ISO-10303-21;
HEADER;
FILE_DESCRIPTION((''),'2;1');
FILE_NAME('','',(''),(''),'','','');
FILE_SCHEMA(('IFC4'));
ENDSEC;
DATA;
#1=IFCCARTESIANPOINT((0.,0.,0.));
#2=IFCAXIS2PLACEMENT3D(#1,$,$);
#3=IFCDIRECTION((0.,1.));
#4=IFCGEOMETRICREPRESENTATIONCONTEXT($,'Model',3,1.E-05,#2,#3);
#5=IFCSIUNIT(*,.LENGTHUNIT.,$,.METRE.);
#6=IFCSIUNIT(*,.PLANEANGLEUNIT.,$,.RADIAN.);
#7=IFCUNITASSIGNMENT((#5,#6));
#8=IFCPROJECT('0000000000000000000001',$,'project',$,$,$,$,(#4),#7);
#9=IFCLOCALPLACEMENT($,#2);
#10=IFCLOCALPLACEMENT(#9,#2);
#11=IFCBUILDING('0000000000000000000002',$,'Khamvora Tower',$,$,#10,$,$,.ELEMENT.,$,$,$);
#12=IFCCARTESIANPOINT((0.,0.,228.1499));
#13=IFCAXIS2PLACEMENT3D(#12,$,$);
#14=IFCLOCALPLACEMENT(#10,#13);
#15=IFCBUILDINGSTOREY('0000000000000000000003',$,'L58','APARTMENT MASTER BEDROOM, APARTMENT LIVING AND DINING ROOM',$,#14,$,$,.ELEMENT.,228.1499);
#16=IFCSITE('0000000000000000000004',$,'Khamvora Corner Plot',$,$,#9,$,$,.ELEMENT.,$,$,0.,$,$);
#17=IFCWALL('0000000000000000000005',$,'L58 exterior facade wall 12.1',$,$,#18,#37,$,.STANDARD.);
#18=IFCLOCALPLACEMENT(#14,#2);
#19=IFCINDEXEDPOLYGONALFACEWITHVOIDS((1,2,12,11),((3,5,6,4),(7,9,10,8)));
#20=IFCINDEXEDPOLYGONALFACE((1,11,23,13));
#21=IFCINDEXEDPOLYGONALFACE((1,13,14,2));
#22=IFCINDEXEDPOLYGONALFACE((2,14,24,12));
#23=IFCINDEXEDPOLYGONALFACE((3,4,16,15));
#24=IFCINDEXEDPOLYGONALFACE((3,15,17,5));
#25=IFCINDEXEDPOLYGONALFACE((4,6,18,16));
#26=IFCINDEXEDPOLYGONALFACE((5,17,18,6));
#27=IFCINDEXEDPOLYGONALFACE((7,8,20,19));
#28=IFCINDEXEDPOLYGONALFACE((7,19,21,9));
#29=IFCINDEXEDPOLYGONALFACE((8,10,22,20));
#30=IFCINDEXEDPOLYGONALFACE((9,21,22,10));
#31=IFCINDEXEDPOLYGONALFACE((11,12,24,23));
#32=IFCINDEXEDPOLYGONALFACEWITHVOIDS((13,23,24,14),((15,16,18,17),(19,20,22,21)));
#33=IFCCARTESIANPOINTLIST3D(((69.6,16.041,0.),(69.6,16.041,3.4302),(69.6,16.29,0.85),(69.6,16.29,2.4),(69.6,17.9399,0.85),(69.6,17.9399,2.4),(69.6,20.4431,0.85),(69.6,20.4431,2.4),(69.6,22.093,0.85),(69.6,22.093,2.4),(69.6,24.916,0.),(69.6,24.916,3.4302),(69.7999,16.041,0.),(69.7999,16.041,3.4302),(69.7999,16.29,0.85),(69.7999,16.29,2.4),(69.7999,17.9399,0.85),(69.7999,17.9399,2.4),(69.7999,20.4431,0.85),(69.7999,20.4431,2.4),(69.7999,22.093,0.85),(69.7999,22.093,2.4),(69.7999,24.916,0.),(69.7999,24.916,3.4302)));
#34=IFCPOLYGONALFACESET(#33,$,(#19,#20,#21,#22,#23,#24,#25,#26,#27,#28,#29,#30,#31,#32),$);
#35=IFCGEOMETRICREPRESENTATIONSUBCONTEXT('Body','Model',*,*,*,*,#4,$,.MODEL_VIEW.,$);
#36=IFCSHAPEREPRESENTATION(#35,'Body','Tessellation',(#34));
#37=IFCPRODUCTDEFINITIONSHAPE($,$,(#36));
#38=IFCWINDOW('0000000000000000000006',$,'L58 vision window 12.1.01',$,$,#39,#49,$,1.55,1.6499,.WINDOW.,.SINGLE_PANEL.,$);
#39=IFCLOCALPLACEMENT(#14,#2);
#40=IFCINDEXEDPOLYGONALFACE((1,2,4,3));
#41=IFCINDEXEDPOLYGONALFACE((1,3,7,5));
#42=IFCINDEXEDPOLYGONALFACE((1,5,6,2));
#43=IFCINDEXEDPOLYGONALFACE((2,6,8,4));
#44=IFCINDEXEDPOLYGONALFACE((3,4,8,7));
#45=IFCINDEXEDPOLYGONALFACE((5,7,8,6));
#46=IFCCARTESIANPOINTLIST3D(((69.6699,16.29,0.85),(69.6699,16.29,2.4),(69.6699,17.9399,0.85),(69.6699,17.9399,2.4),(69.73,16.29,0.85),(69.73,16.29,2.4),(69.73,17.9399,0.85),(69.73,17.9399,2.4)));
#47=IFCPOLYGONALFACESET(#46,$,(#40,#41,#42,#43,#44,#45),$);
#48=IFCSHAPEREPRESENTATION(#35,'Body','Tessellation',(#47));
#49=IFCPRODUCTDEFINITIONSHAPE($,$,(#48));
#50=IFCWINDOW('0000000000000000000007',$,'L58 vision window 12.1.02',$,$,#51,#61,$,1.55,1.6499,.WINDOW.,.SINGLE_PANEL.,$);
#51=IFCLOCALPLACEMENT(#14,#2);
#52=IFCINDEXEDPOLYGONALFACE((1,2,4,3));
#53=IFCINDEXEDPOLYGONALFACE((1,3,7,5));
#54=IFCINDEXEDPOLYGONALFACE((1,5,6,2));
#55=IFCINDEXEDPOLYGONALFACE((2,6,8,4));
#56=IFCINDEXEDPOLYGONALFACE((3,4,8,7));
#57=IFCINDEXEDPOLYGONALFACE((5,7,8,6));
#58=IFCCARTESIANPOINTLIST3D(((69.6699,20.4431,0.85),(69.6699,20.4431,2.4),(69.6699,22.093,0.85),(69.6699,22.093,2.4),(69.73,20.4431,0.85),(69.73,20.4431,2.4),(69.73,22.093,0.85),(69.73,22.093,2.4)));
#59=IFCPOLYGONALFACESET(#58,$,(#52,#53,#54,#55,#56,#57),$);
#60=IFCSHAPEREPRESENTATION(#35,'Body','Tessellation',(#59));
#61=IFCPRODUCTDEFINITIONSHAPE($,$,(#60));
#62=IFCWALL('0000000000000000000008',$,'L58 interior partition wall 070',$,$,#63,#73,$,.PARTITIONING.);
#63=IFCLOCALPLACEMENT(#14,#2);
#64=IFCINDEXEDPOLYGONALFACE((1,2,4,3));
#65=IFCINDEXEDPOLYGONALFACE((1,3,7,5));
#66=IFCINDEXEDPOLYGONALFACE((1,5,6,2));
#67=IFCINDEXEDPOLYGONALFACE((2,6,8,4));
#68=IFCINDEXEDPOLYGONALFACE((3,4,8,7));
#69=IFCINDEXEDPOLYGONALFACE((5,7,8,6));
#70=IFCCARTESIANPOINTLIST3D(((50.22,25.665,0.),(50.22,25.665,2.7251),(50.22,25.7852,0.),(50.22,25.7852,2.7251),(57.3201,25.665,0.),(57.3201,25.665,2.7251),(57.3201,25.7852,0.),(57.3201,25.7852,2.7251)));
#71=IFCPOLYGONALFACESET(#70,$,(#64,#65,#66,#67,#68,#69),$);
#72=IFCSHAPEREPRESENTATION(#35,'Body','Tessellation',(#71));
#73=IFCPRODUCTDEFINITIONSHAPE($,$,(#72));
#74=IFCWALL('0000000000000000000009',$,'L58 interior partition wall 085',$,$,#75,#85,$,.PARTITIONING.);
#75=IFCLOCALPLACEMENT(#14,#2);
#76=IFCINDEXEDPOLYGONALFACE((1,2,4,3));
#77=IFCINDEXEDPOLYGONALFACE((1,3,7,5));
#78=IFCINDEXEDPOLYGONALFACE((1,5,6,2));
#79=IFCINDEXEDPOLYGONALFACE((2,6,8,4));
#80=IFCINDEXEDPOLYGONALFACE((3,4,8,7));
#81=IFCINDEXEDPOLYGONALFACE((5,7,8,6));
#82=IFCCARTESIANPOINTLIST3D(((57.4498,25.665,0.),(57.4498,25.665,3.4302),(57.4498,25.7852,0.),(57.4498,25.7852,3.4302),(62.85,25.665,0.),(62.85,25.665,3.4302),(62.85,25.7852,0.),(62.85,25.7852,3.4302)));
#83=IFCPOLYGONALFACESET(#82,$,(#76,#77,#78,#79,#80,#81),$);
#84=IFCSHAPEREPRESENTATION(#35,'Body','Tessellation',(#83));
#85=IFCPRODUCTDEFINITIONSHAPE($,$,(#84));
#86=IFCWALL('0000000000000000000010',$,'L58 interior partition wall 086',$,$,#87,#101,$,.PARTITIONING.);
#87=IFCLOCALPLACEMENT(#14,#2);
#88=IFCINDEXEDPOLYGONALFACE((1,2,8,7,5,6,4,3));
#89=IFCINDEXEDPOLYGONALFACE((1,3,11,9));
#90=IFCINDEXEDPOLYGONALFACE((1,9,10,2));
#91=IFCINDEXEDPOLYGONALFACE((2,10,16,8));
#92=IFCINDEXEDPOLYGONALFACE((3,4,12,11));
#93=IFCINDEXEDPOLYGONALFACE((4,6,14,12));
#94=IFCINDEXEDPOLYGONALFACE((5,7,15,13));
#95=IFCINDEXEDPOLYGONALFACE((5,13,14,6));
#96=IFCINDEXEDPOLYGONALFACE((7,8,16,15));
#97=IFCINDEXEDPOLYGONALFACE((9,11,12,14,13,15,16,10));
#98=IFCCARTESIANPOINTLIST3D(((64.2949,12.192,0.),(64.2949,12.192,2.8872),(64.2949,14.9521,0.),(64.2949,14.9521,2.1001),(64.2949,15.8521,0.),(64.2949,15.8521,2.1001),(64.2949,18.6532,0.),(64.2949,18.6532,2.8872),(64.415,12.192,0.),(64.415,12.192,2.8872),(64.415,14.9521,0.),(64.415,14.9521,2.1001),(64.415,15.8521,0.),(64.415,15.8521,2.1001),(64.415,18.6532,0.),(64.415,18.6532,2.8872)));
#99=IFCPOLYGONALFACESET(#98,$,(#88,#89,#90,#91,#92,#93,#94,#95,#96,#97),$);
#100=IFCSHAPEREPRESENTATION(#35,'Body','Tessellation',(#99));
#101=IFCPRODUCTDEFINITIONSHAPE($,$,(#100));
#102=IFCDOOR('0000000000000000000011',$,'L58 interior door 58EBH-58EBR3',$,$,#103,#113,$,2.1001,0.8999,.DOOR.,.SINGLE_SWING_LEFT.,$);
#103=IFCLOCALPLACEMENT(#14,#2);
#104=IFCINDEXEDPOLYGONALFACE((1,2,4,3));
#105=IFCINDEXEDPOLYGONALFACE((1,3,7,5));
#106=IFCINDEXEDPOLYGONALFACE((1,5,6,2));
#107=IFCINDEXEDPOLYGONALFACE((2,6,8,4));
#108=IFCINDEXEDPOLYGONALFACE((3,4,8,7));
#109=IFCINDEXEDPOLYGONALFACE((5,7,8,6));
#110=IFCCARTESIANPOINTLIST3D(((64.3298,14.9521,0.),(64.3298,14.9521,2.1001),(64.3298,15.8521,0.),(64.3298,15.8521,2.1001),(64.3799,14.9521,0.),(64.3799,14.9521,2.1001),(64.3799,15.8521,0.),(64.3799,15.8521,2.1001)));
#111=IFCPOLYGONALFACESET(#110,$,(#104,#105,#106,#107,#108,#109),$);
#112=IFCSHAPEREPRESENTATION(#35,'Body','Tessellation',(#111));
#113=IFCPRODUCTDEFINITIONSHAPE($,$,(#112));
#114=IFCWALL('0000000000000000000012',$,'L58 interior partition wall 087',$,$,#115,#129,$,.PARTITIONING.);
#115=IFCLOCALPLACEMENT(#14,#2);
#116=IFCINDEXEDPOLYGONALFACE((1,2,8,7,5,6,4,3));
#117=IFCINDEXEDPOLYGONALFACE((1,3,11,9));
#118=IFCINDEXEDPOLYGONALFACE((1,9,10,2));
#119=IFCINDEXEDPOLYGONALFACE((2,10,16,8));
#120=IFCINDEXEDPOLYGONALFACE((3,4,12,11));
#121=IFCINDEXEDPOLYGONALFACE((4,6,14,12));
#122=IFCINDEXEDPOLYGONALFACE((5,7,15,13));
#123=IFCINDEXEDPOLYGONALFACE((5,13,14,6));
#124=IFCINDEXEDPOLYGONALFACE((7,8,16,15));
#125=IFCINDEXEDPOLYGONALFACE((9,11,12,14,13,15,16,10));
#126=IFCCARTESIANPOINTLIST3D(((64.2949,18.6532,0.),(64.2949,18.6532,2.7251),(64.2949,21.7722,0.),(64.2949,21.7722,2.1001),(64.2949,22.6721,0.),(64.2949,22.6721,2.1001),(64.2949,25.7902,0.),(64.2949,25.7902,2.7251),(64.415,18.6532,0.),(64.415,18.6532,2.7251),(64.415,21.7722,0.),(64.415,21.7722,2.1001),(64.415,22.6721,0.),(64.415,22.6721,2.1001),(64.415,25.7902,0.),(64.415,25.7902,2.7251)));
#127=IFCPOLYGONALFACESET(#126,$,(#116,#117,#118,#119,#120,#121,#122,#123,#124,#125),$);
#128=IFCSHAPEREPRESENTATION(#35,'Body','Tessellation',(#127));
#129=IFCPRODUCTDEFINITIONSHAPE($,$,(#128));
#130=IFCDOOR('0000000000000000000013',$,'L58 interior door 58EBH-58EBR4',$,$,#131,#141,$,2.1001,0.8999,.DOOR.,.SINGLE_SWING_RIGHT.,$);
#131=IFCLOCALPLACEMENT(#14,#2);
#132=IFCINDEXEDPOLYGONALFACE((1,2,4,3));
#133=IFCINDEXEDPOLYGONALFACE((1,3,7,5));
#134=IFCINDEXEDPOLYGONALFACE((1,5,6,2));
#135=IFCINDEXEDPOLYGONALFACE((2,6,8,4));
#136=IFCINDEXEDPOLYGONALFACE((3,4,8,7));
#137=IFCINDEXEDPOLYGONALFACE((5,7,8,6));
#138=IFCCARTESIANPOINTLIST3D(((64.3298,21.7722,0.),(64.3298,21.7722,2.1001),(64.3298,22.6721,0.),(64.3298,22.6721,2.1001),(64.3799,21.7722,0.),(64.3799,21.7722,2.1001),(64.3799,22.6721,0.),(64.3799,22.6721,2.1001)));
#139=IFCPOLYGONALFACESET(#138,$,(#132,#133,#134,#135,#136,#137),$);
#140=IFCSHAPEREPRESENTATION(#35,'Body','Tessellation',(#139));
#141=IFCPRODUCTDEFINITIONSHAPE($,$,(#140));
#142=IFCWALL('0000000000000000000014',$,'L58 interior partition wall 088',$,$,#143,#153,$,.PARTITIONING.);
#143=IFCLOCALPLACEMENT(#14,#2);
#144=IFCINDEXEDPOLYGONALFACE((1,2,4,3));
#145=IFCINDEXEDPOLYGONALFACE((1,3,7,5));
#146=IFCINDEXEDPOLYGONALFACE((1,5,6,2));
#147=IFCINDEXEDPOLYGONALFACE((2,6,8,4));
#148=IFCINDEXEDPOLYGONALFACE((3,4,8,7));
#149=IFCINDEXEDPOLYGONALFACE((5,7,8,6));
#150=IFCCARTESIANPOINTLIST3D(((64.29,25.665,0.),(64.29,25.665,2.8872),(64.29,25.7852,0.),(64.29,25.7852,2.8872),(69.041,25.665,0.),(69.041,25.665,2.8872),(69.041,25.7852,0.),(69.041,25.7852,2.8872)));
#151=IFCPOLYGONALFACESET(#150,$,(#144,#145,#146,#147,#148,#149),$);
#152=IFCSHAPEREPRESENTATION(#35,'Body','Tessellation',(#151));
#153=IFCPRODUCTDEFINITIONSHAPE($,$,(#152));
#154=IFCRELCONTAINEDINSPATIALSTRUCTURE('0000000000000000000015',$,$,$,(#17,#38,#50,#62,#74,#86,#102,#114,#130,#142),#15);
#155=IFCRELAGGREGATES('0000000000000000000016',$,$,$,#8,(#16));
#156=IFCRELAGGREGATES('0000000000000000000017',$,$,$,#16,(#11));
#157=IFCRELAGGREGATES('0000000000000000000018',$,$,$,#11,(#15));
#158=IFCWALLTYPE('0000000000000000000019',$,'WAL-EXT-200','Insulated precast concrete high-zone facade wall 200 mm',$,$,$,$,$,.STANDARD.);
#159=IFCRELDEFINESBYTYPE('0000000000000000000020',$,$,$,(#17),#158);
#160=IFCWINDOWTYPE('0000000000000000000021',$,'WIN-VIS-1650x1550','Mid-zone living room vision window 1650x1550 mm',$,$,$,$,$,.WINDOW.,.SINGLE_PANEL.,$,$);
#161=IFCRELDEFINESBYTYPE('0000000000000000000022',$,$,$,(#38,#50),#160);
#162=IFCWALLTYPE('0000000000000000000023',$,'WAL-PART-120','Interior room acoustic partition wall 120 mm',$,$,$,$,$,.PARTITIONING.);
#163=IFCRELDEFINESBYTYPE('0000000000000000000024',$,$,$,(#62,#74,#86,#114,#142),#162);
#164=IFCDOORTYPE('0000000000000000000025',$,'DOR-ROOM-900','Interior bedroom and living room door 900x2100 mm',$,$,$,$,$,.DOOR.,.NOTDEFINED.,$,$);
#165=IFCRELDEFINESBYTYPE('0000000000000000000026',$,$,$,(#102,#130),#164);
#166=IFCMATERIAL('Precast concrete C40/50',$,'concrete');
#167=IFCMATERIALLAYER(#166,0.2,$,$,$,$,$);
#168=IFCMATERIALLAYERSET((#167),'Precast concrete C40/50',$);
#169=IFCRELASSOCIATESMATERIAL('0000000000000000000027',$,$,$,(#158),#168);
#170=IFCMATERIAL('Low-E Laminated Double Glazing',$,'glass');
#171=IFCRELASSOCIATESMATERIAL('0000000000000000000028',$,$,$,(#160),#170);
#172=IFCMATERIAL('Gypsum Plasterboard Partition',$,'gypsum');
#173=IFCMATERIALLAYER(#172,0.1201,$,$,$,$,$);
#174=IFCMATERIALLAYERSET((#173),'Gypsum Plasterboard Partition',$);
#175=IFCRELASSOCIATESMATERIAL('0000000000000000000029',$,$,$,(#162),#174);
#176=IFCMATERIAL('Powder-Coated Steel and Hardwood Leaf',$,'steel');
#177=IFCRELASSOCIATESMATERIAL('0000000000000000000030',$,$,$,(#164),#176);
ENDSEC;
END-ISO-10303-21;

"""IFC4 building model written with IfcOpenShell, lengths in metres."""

from ifc_helpers import new_model, si_unit, direction, frame, frame_2d, origin, place, context, subcontext, project, spatial, rectangle, extrude, material, layer, layer_set, type_object, element, fill, save


model = new_model("IFC4")

# Units and contexts
model_context = context("Model", 3, precision=1e-05, world=origin(), true_north=direction((0.0, 1.0)))
body_context = subcontext(model_context, "Body", "Model", "MODEL_VIEW")
ifc_project = project(units=[si_unit("LENGTHUNIT", "METRE"), si_unit("PLANEANGLEUNIT", "RADIAN")], contexts=[model_context])

# Site, building, storey
site_placement = place(None, origin())
site = spatial("IfcSite", under=ifc_project, at=site_placement, Name="Khamvora Corner Plot", CompositionType="ELEMENT", RefElevation=0.0)
building_placement = place(site_placement, origin())
building = spatial("IfcBuilding", under=site, at=building_placement, Name="Khamvora Tower", CompositionType="ELEMENT")
storey_placement = place(building_placement, frame((0.0, 0.0, 228.1499)))
storey = spatial("IfcBuildingStorey", under=building, at=storey_placement, Name="L58", Description="APARTMENT MASTER BEDROOM, APARTMENT LIVING AND DINING ROOM", CompositionType="ELEMENT", Elevation=228.1499)

# Shared definitions
ifc_material_1 = material(Name="Precast concrete C40/50", Category="concrete")
ifc_layer_1 = layer(ifc_material_1, 0.2)
ifc_layer_set_1 = layer_set([ifc_layer_1], Name="Precast concrete C40/50")
wall_type_1 = type_object("IfcWallType", Name="WAL-EXT-200", Description="Insulated precast concrete high-zone facade wall 200 mm", PredefinedType="STANDARD", material=ifc_layer_set_1)
ifc_material_2 = material(Name="Low-E Laminated Double Glazing", Category="glass")

# Wall, openings, windows
wall_1_placement = place(storey_placement, frame((69.7, 24.916, 0.0), z_axis=(0.0, 0.0, 1.0), x_axis=(0.0, -1.0, 0.0)))
wall_1 = element("IfcWall", 1, at=wall_1_placement, inside=storey, type_object=wall_type_1, Name="L58 exterior facade wall 12.1", PredefinedType="STANDARD", context=body_context, shape_type="SweptSolid", body=[
    extrude(rectangle(XDim=8.875, YDim=0.2, at=frame_2d((4.4375, 0.0))), origin(), (0.0, 0.0, 1.0), 3.4302),
])
opening_1_placement = place(wall_1_placement, frame((6.9761, 0.0, 0.8501)))
opening_1 = element("IfcOpeningElement", 2, at=opening_1_placement, cuts=wall_1, PredefinedType="OPENING", context=body_context, shape_type="SweptSolid", body=[
    extrude(rectangle(XDim=1.6499, YDim=1.55, at=frame_2d((0.825, 0.7749))), frame((0.0, 0.1099, 0.0), z_axis=(0.0, -1.0, 0.0), x_axis=(1.0, 0.0, 0.0)), (0.0, 0.0, 1.0), 0.22),
])
opening_2_placement = place(wall_1_placement, frame((2.823, 0.0, 0.8501)))
opening_2 = element("IfcOpeningElement", 3, at=opening_2_placement, cuts=wall_1, PredefinedType="OPENING", context=body_context, shape_type="SweptSolid", body=[
    extrude(rectangle(XDim=1.6499, YDim=1.55, at=frame_2d((0.825, 0.7749))), frame((0.0, 0.1099, 0.0), z_axis=(0.0, -1.0, 0.0), x_axis=(1.0, 0.0, 0.0)), (0.0, 0.0, 1.0), 0.22),
])
window_type_1 = type_object("IfcWindowType", Name="WIN-VIS-1650x1550", Description="Mid-zone living room vision window 1650x1550 mm", PartitioningType="SINGLE_PANEL", PredefinedType="WINDOW", material=ifc_material_2)
window_1_placement = place(opening_1_placement, origin())
window_1 = element("IfcWindow", 4, at=window_1_placement, inside=storey, type_object=window_type_1, Name="L58 vision window 12.1.01", OverallHeight=1.55, OverallWidth=1.6499, PartitioningType="SINGLE_PANEL", PredefinedType="WINDOW", context=body_context, shape_type="SweptSolid", body=[
    extrude(rectangle(XDim=1.6499, YDim=1.55, at=frame_2d((0.825, 0.7749))), frame((0.0, 0.03, 0.0), z_axis=(0.0, -1.0, 0.0), x_axis=(1.0, 0.0, 0.0)), (0.0, 0.0, 1.0), 0.0601),
])
fill(opening_1, window_1)
window_2_placement = place(opening_2_placement, origin())
window_2 = element("IfcWindow", 5, at=window_2_placement, inside=storey, type_object=window_type_1, Name="L58 vision window 12.1.02", OverallHeight=1.55, OverallWidth=1.6499, PartitioningType="SINGLE_PANEL", PredefinedType="WINDOW", context=body_context, shape_type="SweptSolid", body=[
    extrude(rectangle(XDim=1.6499, YDim=1.55, at=frame_2d((0.825, 0.7749))), frame((0.0, 0.03, 0.0), z_axis=(0.0, -1.0, 0.0), x_axis=(1.0, 0.0, 0.0)), (0.0, 0.0, 1.0), 0.0601),
])
fill(opening_2, window_2)

# Walls
ifc_material_3 = material(Name="Gypsum Plasterboard Partition", Category="gypsum")
ifc_layer_2 = layer(ifc_material_3, 0.1201)
ifc_layer_set_2 = layer_set([ifc_layer_2], Name="Gypsum Plasterboard Partition")
wall_type_2 = type_object("IfcWallType", Name="WAL-PART-120", Description="Interior room acoustic partition wall 120 mm", PredefinedType="PARTITIONING", material=ifc_layer_set_2)
wall_2_placement = place(storey_placement, frame((57.3201, 25.7251, 0.0), z_axis=(0.0, 0.0, 1.0), x_axis=(-1.0, 0.0, 0.0)))
element("IfcWall", 6, at=wall_2_placement, inside=storey, type_object=wall_type_2, Name="L58 interior partition wall 070", PredefinedType="PARTITIONING", context=body_context, shape_type="SweptSolid", body=[
    extrude(rectangle(XDim=7.1001, YDim=0.1201, at=frame_2d((3.55, 0.0))), origin(), (0.0, 0.0, 1.0), 2.7251),
])
wall_3_placement = place(storey_placement, frame((62.8501, 25.7251, 0.0), z_axis=(0.0, 0.0, 1.0), x_axis=(-1.0, 0.0, 0.0)))
element("IfcWall", 7, at=wall_3_placement, inside=storey, type_object=wall_type_2, Name="L58 interior partition wall 085", PredefinedType="PARTITIONING", context=body_context, shape_type="SweptSolid", body=[
    extrude(rectangle(XDim=5.4001, YDim=0.1201, at=frame_2d((2.7002, 0.0))), origin(), (0.0, 0.0, 1.0), 3.4302),
])

# Walls, openings, doors
wall_4_placement = place(storey_placement, frame((64.355, 18.6531, 0.0), z_axis=(0.0, 0.0, 1.0), x_axis=(0.0, -1.0, 0.0)))
wall_4 = element("IfcWall", 8, at=wall_4_placement, inside=storey, type_object=wall_type_2, Name="L58 interior partition wall 086", PredefinedType="PARTITIONING", context=body_context, shape_type="SweptSolid", body=[
    extrude(rectangle(XDim=6.4612, YDim=0.1201, at=frame_2d((3.2305, 0.0))), origin(), (0.0, 0.0, 1.0), 2.8872),
])
opening_3_placement = place(wall_4_placement, frame((2.801, 0.0, 0.0)))
opening_3 = element("IfcOpeningElement", 9, at=opening_3_placement, cuts=wall_4, PredefinedType="OPENING", context=body_context, shape_type="SweptSolid", body=[
    extrude(rectangle(XDim=0.8999, YDim=2.1001, at=frame_2d((0.45, 1.05))), frame((0.0, 0.0701, 0.0), z_axis=(0.0, -1.0, 0.0), x_axis=(1.0, 0.0, 0.0)), (0.0, 0.0, 1.0), 0.1401),
])
ifc_material_4 = material(Name="Powder-Coated Steel and Hardwood Leaf", Category="steel")
door_type_1 = type_object("IfcDoorType", Name="DOR-ROOM-900", Description="Interior bedroom and living room door 900x2100 mm", OperationType="NOTDEFINED", PredefinedType="DOOR", material=ifc_material_4)
door_1_placement = place(opening_3_placement, origin())
door_1 = element("IfcDoor", 10, at=door_1_placement, inside=storey, type_object=door_type_1, Name="L58 interior door 58EBH-58EBR3", OperationType="SINGLE_SWING_LEFT", OverallHeight=2.1001, OverallWidth=0.8999, PredefinedType="DOOR", context=body_context, shape_type="SweptSolid", body=[
    extrude(rectangle(XDim=0.8999, YDim=2.1001, at=frame_2d((0.45, 1.05))), frame((0.0, 0.0249, 0.0), z_axis=(0.0, -1.0, 0.0), x_axis=(1.0, 0.0, 0.0)), (0.0, 0.0, 1.0), 0.05),
])
fill(opening_3, door_1)
wall_5_placement = place(storey_placement, frame((64.355, 25.79, 0.0), z_axis=(0.0, 0.0, 1.0), x_axis=(0.0, -1.0, 0.0)))
wall_5 = element("IfcWall", 11, at=wall_5_placement, inside=storey, type_object=wall_type_2, Name="L58 interior partition wall 087", PredefinedType="PARTITIONING", context=body_context, shape_type="SweptSolid", body=[
    extrude(rectangle(XDim=7.137, YDim=0.1201, at=frame_2d((3.5684, 0.0))), origin(), (0.0, 0.0, 1.0), 2.7251),
])
opening_4_placement = place(wall_5_placement, frame((3.1179, 0.0, 0.0)))
opening_4 = element("IfcOpeningElement", 12, at=opening_4_placement, cuts=wall_5, PredefinedType="OPENING", context=body_context, shape_type="SweptSolid", body=[
    extrude(rectangle(XDim=0.8999, YDim=2.1001, at=frame_2d((0.45, 1.05))), frame((0.0, 0.0701, 0.0), z_axis=(0.0, -1.0, 0.0), x_axis=(1.0, 0.0, 0.0)), (0.0, 0.0, 1.0), 0.1401),
])
door_2_placement = place(opening_4_placement, origin())
door_2 = element("IfcDoor", 13, at=door_2_placement, inside=storey, type_object=door_type_1, Name="L58 interior door 58EBH-58EBR4", OperationType="SINGLE_SWING_RIGHT", OverallHeight=2.1001, OverallWidth=0.8999, PredefinedType="DOOR", context=body_context, shape_type="SweptSolid", body=[
    extrude(rectangle(XDim=0.8999, YDim=2.1001, at=frame_2d((0.45, 1.05))), frame((0.0, 0.0249, 0.0), z_axis=(0.0, -1.0, 0.0), x_axis=(1.0, 0.0, 0.0)), (0.0, 0.0, 1.0), 0.05),
])
fill(opening_4, door_2)

# Wall
wall_6_placement = place(storey_placement, frame((69.041, 25.7251, 0.0), z_axis=(0.0, 0.0, 1.0), x_axis=(-1.0, 0.0, 0.0)))
element("IfcWall", 14, at=wall_6_placement, inside=storey, type_object=wall_type_2, Name="L58 interior partition wall 088", PredefinedType="PARTITIONING", context=body_context, shape_type="SweptSolid", body=[
    extrude(rectangle(XDim=4.751, YDim=0.1201, at=frame_2d((2.3755, 0.0))), origin(), (0.0, 0.0, 1.0), 2.8872),
])

save(model, "model.ifc")
